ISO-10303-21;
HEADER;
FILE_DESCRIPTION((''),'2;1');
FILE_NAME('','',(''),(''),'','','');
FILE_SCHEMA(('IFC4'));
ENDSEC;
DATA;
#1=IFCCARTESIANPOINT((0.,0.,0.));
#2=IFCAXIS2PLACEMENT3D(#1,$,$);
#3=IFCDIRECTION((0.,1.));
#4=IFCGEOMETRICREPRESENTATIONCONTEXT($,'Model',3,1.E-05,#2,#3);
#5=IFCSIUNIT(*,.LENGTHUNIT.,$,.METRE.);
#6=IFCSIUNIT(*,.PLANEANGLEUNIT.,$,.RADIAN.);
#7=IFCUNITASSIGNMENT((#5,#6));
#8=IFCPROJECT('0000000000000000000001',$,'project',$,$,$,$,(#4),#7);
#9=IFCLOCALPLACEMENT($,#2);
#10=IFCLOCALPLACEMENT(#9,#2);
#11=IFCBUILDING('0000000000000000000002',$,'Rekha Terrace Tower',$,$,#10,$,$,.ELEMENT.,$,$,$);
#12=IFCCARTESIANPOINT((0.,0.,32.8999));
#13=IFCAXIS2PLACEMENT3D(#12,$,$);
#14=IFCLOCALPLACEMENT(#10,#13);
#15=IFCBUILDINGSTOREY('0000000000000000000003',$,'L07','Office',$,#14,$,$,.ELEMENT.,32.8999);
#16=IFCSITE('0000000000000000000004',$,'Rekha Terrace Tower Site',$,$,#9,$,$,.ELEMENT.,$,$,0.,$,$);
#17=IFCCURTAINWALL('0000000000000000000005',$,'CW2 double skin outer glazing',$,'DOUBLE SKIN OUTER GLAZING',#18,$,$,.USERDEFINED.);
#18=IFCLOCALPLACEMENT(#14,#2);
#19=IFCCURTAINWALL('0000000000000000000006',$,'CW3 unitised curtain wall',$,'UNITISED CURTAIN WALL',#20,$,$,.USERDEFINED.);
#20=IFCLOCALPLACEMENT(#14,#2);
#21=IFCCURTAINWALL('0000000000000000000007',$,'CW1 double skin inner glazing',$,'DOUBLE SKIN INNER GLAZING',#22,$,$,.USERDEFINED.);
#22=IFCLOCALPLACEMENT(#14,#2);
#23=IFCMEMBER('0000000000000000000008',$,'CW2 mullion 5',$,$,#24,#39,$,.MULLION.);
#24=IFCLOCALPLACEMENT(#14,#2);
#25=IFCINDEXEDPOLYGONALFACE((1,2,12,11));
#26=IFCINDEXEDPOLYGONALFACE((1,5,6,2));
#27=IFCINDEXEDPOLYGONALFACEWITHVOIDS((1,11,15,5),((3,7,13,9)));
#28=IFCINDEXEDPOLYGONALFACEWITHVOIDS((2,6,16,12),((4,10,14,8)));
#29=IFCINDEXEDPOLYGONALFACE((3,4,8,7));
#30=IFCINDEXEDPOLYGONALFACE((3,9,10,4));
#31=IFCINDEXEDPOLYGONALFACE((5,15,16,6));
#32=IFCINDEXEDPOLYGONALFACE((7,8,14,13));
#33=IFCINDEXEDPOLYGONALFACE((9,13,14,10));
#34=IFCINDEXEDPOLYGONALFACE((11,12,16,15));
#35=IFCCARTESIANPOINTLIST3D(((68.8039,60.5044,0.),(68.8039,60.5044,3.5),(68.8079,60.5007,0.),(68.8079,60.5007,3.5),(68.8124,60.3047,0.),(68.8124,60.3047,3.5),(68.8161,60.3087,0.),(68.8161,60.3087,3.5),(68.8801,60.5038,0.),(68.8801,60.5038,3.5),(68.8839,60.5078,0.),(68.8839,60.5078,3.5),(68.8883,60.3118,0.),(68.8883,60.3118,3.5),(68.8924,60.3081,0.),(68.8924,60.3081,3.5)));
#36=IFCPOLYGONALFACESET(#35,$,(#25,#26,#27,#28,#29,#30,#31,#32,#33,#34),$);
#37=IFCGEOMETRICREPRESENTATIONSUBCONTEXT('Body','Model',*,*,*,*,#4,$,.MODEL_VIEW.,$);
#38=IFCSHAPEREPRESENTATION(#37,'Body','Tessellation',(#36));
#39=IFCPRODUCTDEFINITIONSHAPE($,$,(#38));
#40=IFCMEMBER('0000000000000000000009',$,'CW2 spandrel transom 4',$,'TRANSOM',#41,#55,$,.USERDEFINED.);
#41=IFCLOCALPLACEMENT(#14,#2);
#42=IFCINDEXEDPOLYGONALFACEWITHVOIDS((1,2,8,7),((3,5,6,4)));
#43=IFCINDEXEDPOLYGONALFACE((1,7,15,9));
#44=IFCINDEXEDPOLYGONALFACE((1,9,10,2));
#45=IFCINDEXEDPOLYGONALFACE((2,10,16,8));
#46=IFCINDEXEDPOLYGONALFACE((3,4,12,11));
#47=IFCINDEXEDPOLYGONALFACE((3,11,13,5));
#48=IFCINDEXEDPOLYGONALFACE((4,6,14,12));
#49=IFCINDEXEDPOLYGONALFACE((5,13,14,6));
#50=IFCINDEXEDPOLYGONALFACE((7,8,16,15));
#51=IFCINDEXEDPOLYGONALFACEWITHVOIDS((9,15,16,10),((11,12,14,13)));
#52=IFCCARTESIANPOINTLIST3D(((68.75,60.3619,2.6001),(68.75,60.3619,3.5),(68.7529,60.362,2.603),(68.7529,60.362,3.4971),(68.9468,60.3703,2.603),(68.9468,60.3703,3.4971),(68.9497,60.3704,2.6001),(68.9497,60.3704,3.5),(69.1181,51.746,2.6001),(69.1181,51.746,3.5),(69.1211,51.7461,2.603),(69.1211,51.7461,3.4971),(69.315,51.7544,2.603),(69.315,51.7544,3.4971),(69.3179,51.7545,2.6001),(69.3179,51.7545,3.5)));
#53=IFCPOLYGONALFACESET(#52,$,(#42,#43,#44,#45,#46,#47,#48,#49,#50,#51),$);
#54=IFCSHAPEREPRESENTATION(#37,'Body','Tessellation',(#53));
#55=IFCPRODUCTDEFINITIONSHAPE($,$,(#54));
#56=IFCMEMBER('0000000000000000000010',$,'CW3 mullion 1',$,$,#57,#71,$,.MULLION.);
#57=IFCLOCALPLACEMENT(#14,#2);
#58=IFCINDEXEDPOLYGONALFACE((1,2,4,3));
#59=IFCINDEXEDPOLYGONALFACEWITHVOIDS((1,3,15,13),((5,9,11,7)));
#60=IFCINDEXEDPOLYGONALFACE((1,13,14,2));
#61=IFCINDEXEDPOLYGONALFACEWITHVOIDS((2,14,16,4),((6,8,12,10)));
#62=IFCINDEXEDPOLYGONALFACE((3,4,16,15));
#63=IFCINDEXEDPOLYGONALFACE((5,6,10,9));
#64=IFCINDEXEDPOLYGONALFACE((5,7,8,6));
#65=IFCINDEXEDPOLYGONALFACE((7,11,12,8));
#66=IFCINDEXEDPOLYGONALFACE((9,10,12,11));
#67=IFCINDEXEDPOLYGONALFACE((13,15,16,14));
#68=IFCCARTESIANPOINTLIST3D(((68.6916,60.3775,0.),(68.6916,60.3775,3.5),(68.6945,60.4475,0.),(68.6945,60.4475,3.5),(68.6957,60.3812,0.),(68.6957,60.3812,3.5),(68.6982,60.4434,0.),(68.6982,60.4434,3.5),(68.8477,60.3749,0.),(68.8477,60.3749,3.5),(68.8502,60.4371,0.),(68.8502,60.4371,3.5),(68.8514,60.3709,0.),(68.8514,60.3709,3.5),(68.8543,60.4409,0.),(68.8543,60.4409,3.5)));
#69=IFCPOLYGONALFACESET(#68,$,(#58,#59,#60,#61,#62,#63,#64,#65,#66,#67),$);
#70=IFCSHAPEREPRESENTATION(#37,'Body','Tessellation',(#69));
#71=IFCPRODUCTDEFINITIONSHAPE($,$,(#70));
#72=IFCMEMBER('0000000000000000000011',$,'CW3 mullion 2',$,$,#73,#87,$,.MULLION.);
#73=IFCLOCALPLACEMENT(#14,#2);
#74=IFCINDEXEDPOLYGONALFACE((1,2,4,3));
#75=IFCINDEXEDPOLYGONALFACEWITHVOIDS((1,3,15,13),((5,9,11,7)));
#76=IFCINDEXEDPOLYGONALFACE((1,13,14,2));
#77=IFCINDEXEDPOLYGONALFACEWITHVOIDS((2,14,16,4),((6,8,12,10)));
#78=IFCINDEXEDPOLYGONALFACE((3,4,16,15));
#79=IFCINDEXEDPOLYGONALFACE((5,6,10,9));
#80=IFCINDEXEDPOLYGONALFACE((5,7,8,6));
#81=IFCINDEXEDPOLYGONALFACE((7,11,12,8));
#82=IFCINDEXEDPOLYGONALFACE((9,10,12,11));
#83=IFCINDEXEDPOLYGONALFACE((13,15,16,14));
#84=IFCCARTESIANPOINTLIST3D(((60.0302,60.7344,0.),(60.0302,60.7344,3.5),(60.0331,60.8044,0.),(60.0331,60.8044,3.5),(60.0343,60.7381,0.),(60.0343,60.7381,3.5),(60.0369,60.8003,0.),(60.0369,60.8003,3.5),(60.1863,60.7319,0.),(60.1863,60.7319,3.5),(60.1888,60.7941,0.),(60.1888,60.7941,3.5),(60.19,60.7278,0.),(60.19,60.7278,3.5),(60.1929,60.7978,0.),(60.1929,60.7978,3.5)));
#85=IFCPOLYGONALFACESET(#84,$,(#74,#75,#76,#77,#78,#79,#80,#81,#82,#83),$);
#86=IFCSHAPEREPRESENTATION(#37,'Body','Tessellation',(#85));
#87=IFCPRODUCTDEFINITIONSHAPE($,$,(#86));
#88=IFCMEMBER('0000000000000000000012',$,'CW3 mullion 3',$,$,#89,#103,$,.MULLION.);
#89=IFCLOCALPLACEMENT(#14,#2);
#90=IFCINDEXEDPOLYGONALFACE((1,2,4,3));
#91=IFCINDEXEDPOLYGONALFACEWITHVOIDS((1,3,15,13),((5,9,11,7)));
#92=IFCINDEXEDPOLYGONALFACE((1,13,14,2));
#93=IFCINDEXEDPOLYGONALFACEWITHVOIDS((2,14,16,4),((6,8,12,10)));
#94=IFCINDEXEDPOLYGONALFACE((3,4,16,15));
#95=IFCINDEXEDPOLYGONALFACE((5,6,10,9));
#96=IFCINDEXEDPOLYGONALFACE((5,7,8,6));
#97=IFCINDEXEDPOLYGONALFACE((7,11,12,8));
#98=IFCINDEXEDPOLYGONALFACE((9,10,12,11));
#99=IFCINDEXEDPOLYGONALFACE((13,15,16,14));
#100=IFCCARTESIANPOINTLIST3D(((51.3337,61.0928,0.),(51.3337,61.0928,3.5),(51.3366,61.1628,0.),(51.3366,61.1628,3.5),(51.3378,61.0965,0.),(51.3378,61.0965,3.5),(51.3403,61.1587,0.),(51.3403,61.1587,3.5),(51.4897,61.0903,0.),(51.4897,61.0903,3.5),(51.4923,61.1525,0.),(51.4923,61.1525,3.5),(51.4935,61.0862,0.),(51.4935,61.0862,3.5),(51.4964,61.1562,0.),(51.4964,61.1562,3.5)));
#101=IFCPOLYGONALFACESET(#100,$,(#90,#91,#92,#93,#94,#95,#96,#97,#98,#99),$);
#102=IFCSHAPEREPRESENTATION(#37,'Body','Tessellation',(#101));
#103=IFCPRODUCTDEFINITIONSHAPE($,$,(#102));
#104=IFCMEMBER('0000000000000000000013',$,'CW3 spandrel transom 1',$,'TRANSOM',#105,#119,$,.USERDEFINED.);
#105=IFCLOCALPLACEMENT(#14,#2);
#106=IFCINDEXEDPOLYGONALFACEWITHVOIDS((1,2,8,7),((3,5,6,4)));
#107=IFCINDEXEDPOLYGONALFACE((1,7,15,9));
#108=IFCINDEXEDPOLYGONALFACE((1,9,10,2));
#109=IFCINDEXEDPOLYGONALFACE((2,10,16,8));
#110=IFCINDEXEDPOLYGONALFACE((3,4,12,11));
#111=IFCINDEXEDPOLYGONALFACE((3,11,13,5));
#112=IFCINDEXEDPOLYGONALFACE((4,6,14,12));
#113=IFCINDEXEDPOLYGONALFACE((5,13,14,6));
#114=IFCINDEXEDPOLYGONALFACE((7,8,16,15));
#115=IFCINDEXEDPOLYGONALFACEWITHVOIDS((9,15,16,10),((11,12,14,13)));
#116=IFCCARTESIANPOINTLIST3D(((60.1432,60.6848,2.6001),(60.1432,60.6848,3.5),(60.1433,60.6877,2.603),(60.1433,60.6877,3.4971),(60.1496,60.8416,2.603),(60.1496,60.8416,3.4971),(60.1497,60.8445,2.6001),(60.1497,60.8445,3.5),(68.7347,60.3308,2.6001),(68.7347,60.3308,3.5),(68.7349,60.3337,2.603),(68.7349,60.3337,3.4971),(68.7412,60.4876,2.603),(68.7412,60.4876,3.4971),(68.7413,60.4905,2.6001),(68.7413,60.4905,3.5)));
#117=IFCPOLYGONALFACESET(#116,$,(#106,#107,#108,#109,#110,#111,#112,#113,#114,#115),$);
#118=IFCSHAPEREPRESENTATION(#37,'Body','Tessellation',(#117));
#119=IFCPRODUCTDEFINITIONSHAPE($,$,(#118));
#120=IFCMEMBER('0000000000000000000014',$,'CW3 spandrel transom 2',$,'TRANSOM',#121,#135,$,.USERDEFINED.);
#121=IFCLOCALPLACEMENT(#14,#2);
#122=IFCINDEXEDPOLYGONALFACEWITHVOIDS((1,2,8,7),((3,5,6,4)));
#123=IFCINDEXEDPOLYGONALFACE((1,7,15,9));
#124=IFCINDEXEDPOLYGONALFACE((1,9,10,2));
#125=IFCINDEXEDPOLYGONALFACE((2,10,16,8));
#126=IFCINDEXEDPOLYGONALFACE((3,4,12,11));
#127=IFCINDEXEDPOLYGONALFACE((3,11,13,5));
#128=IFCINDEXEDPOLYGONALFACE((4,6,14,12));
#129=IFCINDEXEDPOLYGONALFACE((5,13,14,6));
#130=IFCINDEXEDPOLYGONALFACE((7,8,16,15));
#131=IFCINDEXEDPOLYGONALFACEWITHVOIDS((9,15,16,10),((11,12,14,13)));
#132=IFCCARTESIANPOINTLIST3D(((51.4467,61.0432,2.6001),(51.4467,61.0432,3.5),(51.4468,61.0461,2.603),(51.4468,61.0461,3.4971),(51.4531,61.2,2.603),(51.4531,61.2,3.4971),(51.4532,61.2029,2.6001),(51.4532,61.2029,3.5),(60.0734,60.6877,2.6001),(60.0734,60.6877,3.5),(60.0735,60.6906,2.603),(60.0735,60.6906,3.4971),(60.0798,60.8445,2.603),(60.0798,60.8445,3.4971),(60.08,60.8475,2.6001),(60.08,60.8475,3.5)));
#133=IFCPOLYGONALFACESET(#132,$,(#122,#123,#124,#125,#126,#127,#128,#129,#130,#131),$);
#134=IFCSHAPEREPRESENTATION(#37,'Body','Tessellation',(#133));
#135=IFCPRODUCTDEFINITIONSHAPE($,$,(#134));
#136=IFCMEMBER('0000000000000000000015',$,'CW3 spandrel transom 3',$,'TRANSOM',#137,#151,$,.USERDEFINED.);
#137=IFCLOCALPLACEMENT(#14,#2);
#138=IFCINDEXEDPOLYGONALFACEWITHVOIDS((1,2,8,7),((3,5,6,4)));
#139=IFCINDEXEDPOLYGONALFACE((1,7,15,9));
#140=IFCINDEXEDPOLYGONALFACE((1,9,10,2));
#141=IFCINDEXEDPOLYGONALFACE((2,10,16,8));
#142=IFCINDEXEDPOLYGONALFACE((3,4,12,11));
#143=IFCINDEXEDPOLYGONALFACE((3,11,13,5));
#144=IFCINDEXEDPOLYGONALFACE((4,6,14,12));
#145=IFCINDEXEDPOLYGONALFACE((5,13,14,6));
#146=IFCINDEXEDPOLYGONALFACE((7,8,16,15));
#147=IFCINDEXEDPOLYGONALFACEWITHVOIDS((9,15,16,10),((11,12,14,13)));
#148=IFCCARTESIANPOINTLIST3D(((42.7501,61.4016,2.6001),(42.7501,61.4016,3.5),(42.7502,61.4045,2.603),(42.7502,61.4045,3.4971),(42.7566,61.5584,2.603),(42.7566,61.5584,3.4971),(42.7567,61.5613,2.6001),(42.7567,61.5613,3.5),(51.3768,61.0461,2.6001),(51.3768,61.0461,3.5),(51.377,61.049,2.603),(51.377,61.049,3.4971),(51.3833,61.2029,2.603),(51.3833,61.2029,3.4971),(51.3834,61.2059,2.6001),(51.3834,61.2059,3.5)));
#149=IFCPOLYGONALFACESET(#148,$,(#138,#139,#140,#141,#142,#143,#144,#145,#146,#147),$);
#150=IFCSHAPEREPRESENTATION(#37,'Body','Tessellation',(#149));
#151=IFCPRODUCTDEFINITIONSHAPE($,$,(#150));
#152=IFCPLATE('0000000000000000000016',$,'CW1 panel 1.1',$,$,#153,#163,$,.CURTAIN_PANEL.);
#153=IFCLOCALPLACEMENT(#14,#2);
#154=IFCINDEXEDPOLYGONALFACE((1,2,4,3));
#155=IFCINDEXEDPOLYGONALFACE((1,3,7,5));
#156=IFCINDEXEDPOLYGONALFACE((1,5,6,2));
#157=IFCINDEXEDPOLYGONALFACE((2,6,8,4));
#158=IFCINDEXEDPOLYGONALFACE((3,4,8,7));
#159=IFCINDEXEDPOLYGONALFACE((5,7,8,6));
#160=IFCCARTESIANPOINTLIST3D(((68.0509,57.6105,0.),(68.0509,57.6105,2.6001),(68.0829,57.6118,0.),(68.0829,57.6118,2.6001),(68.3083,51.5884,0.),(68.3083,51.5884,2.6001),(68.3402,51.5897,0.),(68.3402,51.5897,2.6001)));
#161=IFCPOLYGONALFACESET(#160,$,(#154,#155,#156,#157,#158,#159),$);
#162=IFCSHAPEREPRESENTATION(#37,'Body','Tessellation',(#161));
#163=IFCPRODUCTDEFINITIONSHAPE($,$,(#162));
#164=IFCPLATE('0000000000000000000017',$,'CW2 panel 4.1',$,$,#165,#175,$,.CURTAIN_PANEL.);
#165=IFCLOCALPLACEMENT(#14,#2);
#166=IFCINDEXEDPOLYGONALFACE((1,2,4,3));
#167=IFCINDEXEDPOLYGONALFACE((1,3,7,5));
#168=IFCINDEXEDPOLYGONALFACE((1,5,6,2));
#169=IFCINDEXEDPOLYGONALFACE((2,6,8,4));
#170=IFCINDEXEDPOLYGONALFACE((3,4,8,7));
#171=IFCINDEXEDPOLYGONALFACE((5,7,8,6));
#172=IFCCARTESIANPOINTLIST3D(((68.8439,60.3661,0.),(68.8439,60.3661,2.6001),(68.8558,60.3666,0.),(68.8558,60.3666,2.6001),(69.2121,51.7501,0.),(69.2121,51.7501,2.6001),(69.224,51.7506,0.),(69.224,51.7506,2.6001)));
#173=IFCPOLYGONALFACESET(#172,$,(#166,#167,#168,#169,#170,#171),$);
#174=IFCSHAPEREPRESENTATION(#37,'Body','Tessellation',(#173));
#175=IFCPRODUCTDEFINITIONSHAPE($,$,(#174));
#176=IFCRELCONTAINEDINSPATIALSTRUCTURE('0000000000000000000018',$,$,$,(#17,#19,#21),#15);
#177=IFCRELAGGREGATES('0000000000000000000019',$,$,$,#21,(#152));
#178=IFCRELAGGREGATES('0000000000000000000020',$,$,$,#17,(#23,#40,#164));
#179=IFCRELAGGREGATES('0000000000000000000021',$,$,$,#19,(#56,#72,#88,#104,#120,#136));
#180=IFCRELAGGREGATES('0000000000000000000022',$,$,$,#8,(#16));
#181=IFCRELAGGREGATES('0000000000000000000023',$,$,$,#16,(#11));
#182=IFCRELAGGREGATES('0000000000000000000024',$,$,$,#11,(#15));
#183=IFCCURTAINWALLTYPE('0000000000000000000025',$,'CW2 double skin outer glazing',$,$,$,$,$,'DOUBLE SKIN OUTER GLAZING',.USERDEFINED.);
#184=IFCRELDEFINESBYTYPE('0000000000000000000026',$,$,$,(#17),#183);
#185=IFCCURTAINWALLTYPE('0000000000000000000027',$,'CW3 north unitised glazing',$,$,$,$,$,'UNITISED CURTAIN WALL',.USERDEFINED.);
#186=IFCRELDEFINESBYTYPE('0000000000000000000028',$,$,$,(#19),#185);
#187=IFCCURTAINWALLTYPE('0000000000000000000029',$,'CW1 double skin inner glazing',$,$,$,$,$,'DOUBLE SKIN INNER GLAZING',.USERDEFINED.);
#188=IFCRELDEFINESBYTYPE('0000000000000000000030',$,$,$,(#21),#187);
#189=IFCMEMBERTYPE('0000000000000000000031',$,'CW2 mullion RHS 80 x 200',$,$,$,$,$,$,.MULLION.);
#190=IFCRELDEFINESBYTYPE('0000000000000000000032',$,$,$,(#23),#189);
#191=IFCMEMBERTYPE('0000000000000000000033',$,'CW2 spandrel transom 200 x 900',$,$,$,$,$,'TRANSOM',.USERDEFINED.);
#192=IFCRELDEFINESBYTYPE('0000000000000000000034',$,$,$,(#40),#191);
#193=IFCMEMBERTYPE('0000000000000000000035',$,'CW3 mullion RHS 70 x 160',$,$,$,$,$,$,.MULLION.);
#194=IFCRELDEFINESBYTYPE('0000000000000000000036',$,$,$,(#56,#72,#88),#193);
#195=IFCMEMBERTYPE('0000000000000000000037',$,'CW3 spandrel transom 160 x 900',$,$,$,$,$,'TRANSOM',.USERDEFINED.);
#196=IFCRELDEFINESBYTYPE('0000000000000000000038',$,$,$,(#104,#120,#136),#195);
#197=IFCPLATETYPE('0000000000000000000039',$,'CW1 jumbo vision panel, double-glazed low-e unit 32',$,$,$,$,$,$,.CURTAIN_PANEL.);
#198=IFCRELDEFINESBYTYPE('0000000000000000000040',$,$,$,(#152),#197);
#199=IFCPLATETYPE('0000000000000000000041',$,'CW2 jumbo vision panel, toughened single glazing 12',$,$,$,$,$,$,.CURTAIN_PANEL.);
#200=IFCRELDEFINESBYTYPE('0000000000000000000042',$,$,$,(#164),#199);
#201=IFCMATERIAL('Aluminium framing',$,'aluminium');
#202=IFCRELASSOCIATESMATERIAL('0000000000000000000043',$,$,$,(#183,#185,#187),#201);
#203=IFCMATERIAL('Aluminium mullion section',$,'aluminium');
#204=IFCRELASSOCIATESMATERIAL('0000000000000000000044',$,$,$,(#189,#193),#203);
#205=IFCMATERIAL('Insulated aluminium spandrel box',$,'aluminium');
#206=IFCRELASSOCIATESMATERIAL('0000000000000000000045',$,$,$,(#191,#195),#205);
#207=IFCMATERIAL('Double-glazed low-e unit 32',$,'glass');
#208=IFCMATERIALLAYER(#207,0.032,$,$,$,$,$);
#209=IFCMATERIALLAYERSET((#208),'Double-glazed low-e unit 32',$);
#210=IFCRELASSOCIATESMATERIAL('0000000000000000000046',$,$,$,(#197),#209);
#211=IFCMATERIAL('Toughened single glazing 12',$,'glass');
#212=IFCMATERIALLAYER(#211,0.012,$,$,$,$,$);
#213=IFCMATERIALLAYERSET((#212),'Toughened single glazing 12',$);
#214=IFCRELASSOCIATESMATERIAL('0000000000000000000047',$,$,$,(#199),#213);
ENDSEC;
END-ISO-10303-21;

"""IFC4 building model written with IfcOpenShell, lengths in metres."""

from ifc_helpers import new_model, si_unit, direction, frame, origin, origin_2d, place, context, subcontext, project, spatial, rectangle, hollow_rectangle, extrude, material, layer, layer_set, material_profile, profile_set, type_object, element, aggregate, save


model = new_model("IFC4")

# Units and contexts
model_context = context("Model", 3, precision=1e-05, world=origin(), true_north=direction((0.0, 1.0)))
body_context = subcontext(model_context, "Body", "Model", "MODEL_VIEW")
ifc_project = project(units=[si_unit("LENGTHUNIT", "METRE"), si_unit("PLANEANGLEUNIT", "RADIAN")], contexts=[model_context])

# Site, building, storey
site_placement = place(None, origin())
site = spatial("IfcSite", under=ifc_project, at=site_placement, Name="Rekha Terrace Tower Site", CompositionType="ELEMENT", RefElevation=0.0)
building_placement = place(site_placement, origin())
building = spatial("IfcBuilding", under=site, at=building_placement, Name="Rekha Terrace Tower", CompositionType="ELEMENT")
storey_placement = place(building_placement, frame((0.0, 0.0, 32.8999)))
storey = spatial("IfcBuildingStorey", under=building, at=storey_placement, Name="L07", Description="Office", CompositionType="ELEMENT", Elevation=32.8999)

# Curtain wall
ifc_material_1 = material(Name="Aluminium framing", Category="aluminium")
curtain_wall_type_1 = type_object("IfcCurtainWallType", Name="CW2 double skin outer glazing", ElementType="DOUBLE SKIN OUTER GLAZING", PredefinedType="USERDEFINED", material=ifc_material_1)
curtain_wall_1_placement = place(storey_placement, origin())
curtain_wall_1 = element("IfcCurtainWall", 1, at=curtain_wall_1_placement, inside=storey, type_object=curtain_wall_type_1, Name="CW2 double skin outer glazing", ObjectType="DOUBLE SKIN OUTER GLAZING", PredefinedType="USERDEFINED")

# Curtain walls
curtain_wall_type_2 = type_object("IfcCurtainWallType", Name="CW3 north unitised glazing", ElementType="UNITISED CURTAIN WALL", PredefinedType="USERDEFINED", material=ifc_material_1)
curtain_wall_2_placement = place(storey_placement, origin())
curtain_wall_2 = element("IfcCurtainWall", 2, at=curtain_wall_2_placement, inside=storey, type_object=curtain_wall_type_2, Name="CW3 unitised curtain wall", ObjectType="UNITISED CURTAIN WALL", PredefinedType="USERDEFINED")
curtain_wall_type_3 = type_object("IfcCurtainWallType", Name="CW1 double skin inner glazing", ElementType="DOUBLE SKIN INNER GLAZING", PredefinedType="USERDEFINED", material=ifc_material_1)
curtain_wall_3_placement = place(storey_placement, origin())
curtain_wall_3 = element("IfcCurtainWall", 3, at=curtain_wall_3_placement, inside=storey, type_object=curtain_wall_type_3, Name="CW1 double skin inner glazing", ObjectType="DOUBLE SKIN INNER GLAZING", PredefinedType="USERDEFINED")
ifc_material_2 = material(Name="Aluminium mullion section", Category="aluminium")
ifc_material_3 = material(Name="Insulated aluminium spandrel box", Category="aluminium")

# Members
ifc_material_profile_1 = material_profile(ifc_material_2, hollow_rectangle(XDim=0.0801, YDim=0.2, WallThickness=0.0039, at=origin_2d()), Name="AL RHS 80x200")
ifc_profile_set_1 = profile_set([ifc_material_profile_1], Name="Aluminium mullion section")
member_type_1 = type_object("IfcMemberType", Name="CW2 mullion RHS 80 x 200", PredefinedType="MULLION", material=ifc_profile_set_1)
member_1_placement = place(storey_placement, frame((68.8481, 60.4062, 0.0), z_axis=(0.0, 0.0, 1.0), x_axis=(-0.999088, -0.042696, 0.0)))
member_1 = element("IfcMember", 4, at=member_1_placement, type_object=member_type_1, Name="CW2 mullion 5", PredefinedType="MULLION", context=body_context, shape_type="SweptSolid", body=[
    extrude(hollow_rectangle(XDim=0.0801, YDim=0.2, WallThickness=0.0039, at=origin_2d()), origin(), (0.0, 0.0, 1.0), 3.5),
])
ifc_material_profile_2 = material_profile(ifc_material_3, hollow_rectangle(XDim=0.2, YDim=0.8999, WallThickness=0.0029, at=origin_2d()), Name="AL SPANDREL BOX 200x900")
ifc_profile_set_2 = profile_set([ifc_material_profile_2], Name="Insulated aluminium spandrel box")
member_type_2 = type_object("IfcMemberType", Name="CW2 spandrel transom 200 x 900", ElementType="TRANSOM", PredefinedType="USERDEFINED", material=ifc_profile_set_2)
member_2_placement = place(storey_placement, frame((69.218, 51.7502, 3.05), z_axis=(-0.042691, 0.999088, 0.0), x_axis=(-0.999088, -0.042691, 0.0)))
member_2 = element("IfcMember", 5, at=member_2_placement, type_object=member_type_2, Name="CW2 spandrel transom 4", ObjectType="TRANSOM", PredefinedType="USERDEFINED", context=body_context, shape_type="SweptSolid", body=[
    extrude(hollow_rectangle(XDim=0.2, YDim=0.8999, WallThickness=0.0029, at=origin_2d()), origin(), (0.0, 0.0, 1.0), 8.6238),
])
ifc_material_profile_3 = material_profile(ifc_material_2, hollow_rectangle(XDim=0.0701, YDim=0.1599, WallThickness=0.0039, at=origin_2d()), Name="AL RHS 70x160")
ifc_profile_set_3 = profile_set([ifc_material_profile_3], Name="Aluminium mullion section")
member_type_3 = type_object("IfcMemberType", Name="CW3 mullion RHS 70 x 160", PredefinedType="MULLION", material=ifc_profile_set_3)
member_3_placement = place(storey_placement, frame((68.7729, 60.4092, 0.0), z_axis=(0.0, 0.0, 1.0), x_axis=(-0.041174, -0.999152, 0.0)))
member_3 = element("IfcMember", 6, at=member_3_placement, type_object=member_type_3, Name="CW3 mullion 1", PredefinedType="MULLION", context=body_context, shape_type="SweptSolid", body=[
    extrude(hollow_rectangle(XDim=0.0701, YDim=0.1599, WallThickness=0.0039, at=origin_2d()), origin(), (0.0, 0.0, 1.0), 3.5),
])
member_4_placement = place(storey_placement, frame((60.1116, 60.7661, 0.0), z_axis=(0.0, 0.0, 1.0), x_axis=(-0.041174, -0.999152, 0.0)))
member_4 = element("IfcMember", 7, at=member_4_placement, type_object=member_type_3, Name="CW3 mullion 2", PredefinedType="MULLION", context=body_context, shape_type="SweptSolid", body=[
    extrude(hollow_rectangle(XDim=0.0701, YDim=0.1599, WallThickness=0.0039, at=origin_2d()), origin(), (0.0, 0.0, 1.0), 3.5),
])
member_5_placement = place(storey_placement, frame((51.415, 61.1245, 0.0), z_axis=(0.0, 0.0, 1.0), x_axis=(-0.041174, -0.999152, 0.0)))
member_5 = element("IfcMember", 8, at=member_5_placement, type_object=member_type_3, Name="CW3 mullion 3", PredefinedType="MULLION", context=body_context, shape_type="SweptSolid", body=[
    extrude(hollow_rectangle(XDim=0.0701, YDim=0.1599, WallThickness=0.0039, at=origin_2d()), origin(), (0.0, 0.0, 1.0), 3.5),
])
ifc_material_profile_4 = material_profile(ifc_material_3, hollow_rectangle(XDim=0.1599, YDim=0.8999, WallThickness=0.0029, at=origin_2d()), Name="AL SPANDREL BOX 160x900")
ifc_profile_set_4 = profile_set([ifc_material_profile_4], Name="Insulated aluminium spandrel box")
member_type_4 = type_object("IfcMemberType", Name="CW3 spandrel transom 160 x 900", ElementType="TRANSOM", PredefinedType="USERDEFINED", material=ifc_profile_set_4)
member_6_placement = place(storey_placement, frame((68.738, 60.4106, 3.05), z_axis=(-0.999152, 0.041169, 0.0), x_axis=(-0.041169, -0.999152, 0.0)))
member_6 = element("IfcMember", 9, at=member_6_placement, type_object=member_type_4, Name="CW3 spandrel transom 1", ObjectType="TRANSOM", PredefinedType="USERDEFINED", context=body_context, shape_type="SweptSolid", body=[
    extrude(hollow_rectangle(XDim=0.1599, YDim=0.8999, WallThickness=0.0029, at=origin_2d()), origin(), (0.0, 0.0, 1.0), 8.5989),
])
member_7_placement = place(storey_placement, frame((60.0767, 60.7676, 3.05), z_axis=(-0.999152, 0.041171, 0.0), x_axis=(-0.041171, -0.999152, 0.0)))
member_7 = element("IfcMember", 10, at=member_7_placement, type_object=member_type_4, Name="CW3 spandrel transom 2", ObjectType="TRANSOM", PredefinedType="USERDEFINED", context=body_context, shape_type="SweptSolid", body=[
    extrude(hollow_rectangle(XDim=0.1599, YDim=0.8999, WallThickness=0.0029, at=origin_2d()), origin(), (0.0, 0.0, 1.0), 8.634),
])
member_8_placement = place(storey_placement, frame((51.3801, 61.126, 3.05), z_axis=(-0.999152, 0.041171, 0.0), x_axis=(-0.041171, -0.999152, 0.0)))
member_8 = element("IfcMember", 11, at=member_8_placement, type_object=member_type_4, Name="CW3 spandrel transom 3", ObjectType="TRANSOM", PredefinedType="USERDEFINED", context=body_context, shape_type="SweptSolid", body=[
    extrude(hollow_rectangle(XDim=0.1599, YDim=0.8999, WallThickness=0.0029, at=origin_2d()), origin(), (0.0, 0.0, 1.0), 8.634),
])

# Plates
ifc_material_4 = material(Name="Double-glazed low-e unit 32", Category="glass")
ifc_layer_1 = layer(ifc_material_4, 0.032)
ifc_layer_set_1 = layer_set([ifc_layer_1], Name="Double-glazed low-e unit 32")
plate_type_1 = type_object("IfcPlateType", Name="CW1 jumbo vision panel, double-glazed low-e unit 32", PredefinedType="CURTAIN_PANEL", material=ifc_layer_set_1)
plate_1_placement = place(storey_placement, frame((68.1956, 54.6001, 0.0), z_axis=(0.0, 0.0, 1.0), x_axis=(-0.042696, 0.999088, 0.0)))
plate_1 = element("IfcPlate", 12, at=plate_1_placement, type_object=plate_type_1, Name="CW1 panel 1.1", PredefinedType="CURTAIN_PANEL", context=body_context, shape_type="SweptSolid", body=[
    extrude(rectangle(XDim=6.0276, YDim=0.032, at=origin_2d()), origin(), (0.0, 0.0, 1.0), 2.6001),
])
aggregate(curtain_wall_3, [plate_1])
ifc_material_5 = material(Name="Toughened single glazing 12", Category="glass")
ifc_layer_2 = layer(ifc_material_5, 0.012)
ifc_layer_set_2 = layer_set([ifc_layer_2], Name="Toughened single glazing 12")
plate_type_2 = type_object("IfcPlateType", Name="CW2 jumbo vision panel, toughened single glazing 12", PredefinedType="CURTAIN_PANEL", material=ifc_layer_set_2)
plate_2_placement = place(storey_placement, frame((69.0339, 56.0583, 0.0), z_axis=(0.0, 0.0, 1.0), x_axis=(-0.042696, 0.999088, 0.0)))
plate_2 = element("IfcPlate", 13, at=plate_2_placement, type_object=plate_type_2, Name="CW2 panel 4.1", PredefinedType="CURTAIN_PANEL", context=body_context, shape_type="SweptSolid", body=[
    extrude(rectangle(XDim=8.6238, YDim=0.012, at=origin_2d()), origin(), (0.0, 0.0, 1.0), 2.6001),
])
aggregate(curtain_wall_1, [member_1, member_2, plate_2])
aggregate(curtain_wall_2, [member_3, member_4, member_5, member_6, member_7, member_8])

save(model, "model.ifc")
